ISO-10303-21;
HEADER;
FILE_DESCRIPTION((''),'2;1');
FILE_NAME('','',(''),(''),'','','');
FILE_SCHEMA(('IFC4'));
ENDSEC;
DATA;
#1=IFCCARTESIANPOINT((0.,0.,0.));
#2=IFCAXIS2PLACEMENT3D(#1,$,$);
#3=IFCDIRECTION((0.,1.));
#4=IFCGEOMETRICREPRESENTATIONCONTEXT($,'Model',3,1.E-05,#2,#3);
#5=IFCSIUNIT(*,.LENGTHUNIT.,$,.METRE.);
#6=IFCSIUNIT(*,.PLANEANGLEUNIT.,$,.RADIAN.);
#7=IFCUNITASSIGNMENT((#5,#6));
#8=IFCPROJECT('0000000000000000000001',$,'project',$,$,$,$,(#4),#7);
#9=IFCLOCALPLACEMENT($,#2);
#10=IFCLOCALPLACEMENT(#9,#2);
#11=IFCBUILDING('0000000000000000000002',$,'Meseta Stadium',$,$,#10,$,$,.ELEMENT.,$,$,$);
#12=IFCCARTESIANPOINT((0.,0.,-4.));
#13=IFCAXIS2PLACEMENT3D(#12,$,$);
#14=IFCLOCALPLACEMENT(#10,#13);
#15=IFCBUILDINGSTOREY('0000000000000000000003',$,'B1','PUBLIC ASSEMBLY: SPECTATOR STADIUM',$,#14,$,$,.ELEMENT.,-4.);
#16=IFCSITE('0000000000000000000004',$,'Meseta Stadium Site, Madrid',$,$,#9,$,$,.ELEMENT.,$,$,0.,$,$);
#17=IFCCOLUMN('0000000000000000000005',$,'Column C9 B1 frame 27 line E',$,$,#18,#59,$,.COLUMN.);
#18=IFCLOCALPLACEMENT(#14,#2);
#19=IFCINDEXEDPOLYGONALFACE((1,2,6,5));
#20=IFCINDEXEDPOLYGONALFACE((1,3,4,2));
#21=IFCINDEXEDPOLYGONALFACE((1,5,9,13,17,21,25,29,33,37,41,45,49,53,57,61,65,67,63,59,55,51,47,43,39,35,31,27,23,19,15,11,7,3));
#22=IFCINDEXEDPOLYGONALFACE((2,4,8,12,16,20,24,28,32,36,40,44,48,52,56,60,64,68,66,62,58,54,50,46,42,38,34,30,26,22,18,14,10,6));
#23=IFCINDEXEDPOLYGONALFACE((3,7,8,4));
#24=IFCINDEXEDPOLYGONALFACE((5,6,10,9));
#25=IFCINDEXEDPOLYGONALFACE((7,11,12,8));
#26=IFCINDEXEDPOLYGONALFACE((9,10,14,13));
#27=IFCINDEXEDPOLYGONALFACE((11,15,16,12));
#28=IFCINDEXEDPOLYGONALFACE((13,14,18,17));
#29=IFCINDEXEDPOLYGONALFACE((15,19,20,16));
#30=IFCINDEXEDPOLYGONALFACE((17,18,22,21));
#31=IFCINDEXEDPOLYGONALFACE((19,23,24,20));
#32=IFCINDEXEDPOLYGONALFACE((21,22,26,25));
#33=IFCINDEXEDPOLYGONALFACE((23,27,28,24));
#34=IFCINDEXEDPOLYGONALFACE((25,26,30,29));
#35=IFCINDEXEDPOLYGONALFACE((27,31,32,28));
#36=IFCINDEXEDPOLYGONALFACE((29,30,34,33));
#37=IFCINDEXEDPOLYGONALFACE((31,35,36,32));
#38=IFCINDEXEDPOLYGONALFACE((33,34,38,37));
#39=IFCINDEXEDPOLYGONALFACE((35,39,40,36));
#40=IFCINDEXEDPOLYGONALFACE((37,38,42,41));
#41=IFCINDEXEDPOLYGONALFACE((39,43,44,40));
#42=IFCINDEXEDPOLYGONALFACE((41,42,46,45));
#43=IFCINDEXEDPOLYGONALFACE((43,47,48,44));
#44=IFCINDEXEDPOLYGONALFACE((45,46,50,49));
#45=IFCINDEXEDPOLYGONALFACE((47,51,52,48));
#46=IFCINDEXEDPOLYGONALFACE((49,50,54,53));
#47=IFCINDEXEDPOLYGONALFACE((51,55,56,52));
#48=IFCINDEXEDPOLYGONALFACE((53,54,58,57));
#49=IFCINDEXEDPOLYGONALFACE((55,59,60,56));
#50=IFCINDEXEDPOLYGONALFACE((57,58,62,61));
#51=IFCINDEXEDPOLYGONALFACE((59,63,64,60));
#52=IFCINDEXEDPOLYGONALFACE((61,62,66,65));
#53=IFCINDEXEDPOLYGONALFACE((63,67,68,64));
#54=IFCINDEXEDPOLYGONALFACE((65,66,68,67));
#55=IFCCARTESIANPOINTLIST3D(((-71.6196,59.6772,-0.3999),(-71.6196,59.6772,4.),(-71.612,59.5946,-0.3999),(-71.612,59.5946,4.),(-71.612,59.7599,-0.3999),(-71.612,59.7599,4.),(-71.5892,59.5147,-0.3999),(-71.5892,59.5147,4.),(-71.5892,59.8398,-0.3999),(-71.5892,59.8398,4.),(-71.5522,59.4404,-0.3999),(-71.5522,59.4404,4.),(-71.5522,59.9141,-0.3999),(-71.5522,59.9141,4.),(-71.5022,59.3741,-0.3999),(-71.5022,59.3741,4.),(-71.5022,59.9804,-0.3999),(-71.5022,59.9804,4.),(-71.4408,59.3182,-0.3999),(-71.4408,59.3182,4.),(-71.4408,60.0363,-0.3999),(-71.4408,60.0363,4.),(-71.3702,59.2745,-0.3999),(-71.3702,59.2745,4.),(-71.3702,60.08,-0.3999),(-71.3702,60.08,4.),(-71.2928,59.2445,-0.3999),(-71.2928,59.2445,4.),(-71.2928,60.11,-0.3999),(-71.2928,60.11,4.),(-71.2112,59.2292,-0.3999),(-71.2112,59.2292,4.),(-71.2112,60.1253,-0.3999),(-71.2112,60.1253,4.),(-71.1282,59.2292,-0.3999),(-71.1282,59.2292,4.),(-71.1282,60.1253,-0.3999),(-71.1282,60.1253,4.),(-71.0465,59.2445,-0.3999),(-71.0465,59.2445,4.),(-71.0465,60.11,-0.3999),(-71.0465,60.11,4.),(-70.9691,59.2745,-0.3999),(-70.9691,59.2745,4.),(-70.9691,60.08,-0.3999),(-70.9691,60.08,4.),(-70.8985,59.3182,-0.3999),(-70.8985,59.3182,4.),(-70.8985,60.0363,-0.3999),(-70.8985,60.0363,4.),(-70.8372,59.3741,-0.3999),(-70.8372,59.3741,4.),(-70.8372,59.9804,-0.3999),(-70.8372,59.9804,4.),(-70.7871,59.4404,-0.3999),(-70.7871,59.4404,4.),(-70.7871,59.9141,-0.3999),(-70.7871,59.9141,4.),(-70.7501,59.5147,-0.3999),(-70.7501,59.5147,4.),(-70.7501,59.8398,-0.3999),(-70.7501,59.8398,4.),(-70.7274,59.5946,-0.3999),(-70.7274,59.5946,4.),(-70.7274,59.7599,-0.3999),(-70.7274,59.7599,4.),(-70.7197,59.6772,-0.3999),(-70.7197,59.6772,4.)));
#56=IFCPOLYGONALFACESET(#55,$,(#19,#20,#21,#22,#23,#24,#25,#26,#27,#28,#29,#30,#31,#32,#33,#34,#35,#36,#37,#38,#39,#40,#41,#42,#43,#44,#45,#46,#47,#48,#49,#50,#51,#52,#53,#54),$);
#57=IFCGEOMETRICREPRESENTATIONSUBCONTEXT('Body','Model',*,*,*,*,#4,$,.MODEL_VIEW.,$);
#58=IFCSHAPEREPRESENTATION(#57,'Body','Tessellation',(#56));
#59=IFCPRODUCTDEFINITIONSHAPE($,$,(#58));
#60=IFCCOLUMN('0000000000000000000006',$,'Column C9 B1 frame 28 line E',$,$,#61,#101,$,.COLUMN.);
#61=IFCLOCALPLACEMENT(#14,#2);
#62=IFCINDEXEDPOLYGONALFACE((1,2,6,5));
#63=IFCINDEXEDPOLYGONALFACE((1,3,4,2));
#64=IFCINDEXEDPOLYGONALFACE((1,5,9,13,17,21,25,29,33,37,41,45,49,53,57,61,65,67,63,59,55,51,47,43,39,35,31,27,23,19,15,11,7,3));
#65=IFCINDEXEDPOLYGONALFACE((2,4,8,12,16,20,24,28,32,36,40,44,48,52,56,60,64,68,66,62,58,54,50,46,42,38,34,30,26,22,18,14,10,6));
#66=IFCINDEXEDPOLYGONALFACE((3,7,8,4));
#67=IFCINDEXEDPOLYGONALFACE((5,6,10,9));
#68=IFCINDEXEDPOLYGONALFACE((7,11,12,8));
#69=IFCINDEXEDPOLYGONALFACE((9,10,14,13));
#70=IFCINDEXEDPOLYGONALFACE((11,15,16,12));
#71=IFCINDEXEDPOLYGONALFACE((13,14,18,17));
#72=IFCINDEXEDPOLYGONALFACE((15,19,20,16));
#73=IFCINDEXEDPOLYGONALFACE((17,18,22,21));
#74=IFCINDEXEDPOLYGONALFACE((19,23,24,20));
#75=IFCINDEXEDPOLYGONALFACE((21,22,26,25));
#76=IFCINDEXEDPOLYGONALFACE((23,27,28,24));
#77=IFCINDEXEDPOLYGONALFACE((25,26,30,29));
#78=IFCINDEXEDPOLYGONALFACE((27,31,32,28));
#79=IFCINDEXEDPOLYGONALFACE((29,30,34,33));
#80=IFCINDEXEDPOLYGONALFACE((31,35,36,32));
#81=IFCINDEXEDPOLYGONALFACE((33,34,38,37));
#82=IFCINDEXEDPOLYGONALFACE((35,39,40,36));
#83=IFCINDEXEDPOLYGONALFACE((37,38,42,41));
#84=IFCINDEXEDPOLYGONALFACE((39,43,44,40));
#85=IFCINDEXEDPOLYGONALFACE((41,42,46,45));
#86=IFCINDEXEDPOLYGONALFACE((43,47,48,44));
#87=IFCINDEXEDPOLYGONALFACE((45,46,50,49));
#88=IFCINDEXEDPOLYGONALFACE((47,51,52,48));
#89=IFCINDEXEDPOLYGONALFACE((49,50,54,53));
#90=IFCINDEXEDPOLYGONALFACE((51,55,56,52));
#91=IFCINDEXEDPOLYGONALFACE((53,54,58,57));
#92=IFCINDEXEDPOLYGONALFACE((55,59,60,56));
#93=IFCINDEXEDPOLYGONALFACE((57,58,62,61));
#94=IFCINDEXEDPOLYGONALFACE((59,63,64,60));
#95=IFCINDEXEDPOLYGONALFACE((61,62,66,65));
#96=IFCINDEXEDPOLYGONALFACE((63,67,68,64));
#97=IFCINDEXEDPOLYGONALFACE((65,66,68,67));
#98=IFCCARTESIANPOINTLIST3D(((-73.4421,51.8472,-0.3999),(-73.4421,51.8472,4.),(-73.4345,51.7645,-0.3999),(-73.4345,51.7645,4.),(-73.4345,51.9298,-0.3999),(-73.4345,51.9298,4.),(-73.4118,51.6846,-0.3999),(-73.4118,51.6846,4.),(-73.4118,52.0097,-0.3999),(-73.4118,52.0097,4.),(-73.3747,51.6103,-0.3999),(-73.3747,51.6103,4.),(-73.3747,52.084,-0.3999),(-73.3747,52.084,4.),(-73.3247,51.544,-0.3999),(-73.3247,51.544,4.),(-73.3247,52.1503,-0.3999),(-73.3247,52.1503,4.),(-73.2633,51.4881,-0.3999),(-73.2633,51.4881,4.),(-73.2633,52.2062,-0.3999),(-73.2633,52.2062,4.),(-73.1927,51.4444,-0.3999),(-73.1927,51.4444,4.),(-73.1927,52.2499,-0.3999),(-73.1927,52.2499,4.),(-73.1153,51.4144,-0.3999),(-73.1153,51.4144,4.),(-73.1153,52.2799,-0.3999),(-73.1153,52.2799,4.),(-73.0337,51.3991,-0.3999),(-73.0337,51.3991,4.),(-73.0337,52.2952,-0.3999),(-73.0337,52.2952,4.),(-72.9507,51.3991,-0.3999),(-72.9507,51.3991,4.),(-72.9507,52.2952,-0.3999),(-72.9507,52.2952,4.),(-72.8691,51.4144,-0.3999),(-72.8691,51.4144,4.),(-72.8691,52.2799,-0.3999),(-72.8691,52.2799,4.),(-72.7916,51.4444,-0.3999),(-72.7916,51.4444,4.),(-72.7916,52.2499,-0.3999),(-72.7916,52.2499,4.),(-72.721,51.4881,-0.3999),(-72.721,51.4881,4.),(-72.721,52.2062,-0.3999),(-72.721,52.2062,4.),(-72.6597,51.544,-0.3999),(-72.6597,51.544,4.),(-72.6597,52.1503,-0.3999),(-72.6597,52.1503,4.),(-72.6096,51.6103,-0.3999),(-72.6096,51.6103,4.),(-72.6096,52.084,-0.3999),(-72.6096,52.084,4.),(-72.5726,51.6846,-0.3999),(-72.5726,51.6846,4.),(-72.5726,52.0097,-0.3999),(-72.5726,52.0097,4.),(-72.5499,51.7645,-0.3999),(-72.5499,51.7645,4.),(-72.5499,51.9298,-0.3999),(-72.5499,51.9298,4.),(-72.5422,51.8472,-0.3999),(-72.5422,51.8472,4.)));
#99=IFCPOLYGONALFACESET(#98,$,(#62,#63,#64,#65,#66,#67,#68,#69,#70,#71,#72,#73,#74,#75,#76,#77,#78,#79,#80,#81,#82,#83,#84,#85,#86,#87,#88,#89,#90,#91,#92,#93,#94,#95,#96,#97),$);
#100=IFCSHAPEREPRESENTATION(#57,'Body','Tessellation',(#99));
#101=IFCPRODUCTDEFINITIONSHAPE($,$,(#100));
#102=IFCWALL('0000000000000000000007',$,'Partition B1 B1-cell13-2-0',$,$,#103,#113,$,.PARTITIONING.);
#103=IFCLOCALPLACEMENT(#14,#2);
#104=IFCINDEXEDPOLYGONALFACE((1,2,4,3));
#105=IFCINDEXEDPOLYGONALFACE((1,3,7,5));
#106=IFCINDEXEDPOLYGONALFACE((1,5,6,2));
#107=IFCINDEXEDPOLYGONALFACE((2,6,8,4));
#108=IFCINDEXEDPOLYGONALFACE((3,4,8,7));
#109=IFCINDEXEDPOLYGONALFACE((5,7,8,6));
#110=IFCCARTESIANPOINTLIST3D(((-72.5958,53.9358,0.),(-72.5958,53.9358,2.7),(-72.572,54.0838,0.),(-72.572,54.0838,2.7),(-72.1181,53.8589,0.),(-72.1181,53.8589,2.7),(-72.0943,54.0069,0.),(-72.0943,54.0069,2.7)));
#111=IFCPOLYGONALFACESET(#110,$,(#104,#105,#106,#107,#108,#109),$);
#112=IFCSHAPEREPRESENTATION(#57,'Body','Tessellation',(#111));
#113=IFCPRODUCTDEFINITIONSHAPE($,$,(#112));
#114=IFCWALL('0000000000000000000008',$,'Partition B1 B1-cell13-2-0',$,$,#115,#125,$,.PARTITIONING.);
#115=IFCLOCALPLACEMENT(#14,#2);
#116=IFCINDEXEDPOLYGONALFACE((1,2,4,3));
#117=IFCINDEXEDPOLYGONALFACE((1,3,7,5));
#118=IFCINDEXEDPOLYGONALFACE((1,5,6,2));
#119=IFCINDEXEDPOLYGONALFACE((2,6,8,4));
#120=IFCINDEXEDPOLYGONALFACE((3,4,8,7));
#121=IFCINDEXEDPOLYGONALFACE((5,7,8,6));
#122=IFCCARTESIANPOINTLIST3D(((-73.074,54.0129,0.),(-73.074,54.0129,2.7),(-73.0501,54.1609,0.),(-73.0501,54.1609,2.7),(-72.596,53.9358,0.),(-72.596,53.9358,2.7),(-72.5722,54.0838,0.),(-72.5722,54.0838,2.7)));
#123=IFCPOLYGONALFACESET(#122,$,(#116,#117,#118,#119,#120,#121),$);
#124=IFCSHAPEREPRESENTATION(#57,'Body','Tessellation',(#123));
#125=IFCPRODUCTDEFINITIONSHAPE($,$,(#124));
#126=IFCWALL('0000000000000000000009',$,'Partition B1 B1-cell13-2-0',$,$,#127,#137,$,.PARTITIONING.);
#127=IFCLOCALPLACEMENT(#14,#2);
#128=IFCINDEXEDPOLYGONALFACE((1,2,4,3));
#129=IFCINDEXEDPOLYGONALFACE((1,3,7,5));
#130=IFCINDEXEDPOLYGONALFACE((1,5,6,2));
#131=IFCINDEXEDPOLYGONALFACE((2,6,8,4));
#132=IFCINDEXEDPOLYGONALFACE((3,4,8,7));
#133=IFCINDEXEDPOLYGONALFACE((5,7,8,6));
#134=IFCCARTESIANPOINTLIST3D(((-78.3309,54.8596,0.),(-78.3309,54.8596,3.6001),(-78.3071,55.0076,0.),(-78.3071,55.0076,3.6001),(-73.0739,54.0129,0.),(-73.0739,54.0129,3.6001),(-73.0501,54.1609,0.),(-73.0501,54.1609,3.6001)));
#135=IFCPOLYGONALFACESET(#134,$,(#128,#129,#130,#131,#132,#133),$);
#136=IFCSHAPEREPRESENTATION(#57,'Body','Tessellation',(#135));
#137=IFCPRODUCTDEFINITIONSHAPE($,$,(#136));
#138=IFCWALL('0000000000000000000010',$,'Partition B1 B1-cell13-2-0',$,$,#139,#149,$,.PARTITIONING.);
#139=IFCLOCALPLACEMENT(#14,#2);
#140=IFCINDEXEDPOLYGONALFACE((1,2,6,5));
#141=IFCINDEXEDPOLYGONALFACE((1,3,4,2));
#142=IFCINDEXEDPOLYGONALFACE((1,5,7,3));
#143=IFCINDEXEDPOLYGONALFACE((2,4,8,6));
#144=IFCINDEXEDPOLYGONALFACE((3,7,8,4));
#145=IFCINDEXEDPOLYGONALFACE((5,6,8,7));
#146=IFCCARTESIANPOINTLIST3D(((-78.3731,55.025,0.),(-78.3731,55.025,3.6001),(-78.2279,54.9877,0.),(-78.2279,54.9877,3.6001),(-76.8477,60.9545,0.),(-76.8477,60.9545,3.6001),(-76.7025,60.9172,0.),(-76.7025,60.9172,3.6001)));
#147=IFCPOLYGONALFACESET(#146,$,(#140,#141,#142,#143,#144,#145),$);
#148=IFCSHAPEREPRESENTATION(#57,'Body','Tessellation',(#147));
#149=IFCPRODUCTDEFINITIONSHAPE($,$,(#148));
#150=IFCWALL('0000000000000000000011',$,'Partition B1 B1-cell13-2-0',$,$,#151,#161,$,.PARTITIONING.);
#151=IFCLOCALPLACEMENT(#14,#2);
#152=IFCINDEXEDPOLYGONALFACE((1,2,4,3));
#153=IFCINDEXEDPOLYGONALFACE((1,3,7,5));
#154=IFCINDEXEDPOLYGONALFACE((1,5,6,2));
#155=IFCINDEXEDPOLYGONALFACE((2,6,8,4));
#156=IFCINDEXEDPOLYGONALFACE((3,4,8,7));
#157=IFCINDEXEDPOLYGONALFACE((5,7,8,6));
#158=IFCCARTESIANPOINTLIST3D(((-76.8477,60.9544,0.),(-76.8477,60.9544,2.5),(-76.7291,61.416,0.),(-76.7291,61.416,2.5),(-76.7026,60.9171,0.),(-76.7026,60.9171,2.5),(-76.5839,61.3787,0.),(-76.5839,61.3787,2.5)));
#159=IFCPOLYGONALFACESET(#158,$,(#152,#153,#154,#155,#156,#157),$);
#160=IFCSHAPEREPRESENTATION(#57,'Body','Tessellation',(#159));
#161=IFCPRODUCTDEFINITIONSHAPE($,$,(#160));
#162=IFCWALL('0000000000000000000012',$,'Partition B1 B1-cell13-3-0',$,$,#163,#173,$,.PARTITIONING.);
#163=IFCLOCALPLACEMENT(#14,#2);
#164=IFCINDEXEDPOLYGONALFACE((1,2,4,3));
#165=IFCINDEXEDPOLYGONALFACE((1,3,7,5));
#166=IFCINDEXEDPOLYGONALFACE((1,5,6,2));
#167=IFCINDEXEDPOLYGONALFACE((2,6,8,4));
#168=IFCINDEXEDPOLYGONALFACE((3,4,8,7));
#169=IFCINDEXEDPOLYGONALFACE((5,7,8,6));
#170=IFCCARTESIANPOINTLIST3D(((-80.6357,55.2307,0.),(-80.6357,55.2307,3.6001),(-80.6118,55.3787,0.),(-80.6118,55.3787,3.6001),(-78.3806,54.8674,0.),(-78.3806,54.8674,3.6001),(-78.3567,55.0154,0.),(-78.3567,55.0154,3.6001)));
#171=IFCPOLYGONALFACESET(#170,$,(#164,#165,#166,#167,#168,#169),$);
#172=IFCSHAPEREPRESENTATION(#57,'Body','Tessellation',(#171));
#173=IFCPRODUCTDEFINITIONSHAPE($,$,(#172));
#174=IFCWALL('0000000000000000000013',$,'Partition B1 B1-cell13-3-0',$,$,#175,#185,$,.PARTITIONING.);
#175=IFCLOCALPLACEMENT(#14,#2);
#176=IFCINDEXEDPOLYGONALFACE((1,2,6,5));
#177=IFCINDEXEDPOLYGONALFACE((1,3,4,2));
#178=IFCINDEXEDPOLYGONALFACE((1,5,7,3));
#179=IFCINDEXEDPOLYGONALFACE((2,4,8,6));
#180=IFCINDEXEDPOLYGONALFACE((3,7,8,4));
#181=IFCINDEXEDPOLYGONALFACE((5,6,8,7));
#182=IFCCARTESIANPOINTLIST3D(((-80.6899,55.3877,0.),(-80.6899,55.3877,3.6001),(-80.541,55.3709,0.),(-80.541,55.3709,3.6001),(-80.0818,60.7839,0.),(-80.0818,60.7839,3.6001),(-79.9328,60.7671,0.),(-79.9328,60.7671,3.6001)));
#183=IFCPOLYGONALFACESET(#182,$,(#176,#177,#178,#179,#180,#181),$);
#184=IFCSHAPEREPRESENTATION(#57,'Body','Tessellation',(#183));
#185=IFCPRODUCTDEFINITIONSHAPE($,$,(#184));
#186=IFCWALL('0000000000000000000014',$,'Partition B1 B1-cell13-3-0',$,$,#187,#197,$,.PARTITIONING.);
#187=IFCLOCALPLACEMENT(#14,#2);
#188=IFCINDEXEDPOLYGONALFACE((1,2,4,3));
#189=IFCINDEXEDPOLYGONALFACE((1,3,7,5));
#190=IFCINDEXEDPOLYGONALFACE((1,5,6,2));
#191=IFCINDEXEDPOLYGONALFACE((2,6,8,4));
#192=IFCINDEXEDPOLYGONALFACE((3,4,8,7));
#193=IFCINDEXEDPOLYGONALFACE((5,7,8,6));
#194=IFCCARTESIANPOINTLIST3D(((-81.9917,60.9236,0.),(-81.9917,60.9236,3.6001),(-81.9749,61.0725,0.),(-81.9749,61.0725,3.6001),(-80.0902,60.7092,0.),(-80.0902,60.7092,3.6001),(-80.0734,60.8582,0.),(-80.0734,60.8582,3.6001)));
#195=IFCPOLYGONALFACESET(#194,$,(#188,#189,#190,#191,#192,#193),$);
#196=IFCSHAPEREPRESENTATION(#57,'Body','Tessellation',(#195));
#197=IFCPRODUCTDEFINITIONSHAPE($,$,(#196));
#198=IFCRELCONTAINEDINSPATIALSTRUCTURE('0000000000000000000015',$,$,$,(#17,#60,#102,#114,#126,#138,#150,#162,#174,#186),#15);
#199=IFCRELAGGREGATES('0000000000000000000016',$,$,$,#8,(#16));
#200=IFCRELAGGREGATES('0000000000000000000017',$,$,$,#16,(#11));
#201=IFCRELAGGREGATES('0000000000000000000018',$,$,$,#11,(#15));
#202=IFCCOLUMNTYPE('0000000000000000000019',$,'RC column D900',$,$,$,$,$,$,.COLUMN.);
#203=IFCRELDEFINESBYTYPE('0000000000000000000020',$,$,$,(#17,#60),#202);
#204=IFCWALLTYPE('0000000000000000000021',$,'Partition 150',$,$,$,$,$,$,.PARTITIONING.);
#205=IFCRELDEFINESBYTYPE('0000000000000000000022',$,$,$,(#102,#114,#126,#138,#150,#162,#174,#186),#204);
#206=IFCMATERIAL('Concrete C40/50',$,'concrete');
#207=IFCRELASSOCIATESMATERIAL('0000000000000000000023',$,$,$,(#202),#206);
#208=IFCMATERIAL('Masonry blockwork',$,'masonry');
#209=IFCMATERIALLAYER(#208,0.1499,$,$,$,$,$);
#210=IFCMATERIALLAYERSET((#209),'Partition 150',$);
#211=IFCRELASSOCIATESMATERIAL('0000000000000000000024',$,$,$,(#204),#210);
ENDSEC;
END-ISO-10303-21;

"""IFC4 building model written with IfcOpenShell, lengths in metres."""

from ifc_helpers import new_model, si_unit, direction, frame, frame_2d, origin, origin_2d, place, context, subcontext, project, spatial, rectangle, circle, extrude, material, layer, layer_set, material_profile, profile_set, type_object, element, save


model = new_model("IFC4")

# Units and contexts
model_context = context("Model", 3, precision=1e-05, world=origin(), true_north=direction((0.0, 1.0)))
body_context = subcontext(model_context, "Body", "Model", "MODEL_VIEW")
ifc_project = project(units=[si_unit("LENGTHUNIT", "METRE"), si_unit("PLANEANGLEUNIT", "RADIAN")], contexts=[model_context])

# Site, building, storey
site_placement = place(None, origin())
site = spatial("IfcSite", under=ifc_project, at=site_placement, Name="Meseta Stadium Site, Madrid", CompositionType="ELEMENT", RefElevation=0.0)
building_placement = place(site_placement, origin())
building = spatial("IfcBuilding", under=site, at=building_placement, Name="Meseta Stadium", CompositionType="ELEMENT")
storey_placement = place(building_placement, frame((0.0, 0.0, -4.0)))
storey = spatial("IfcBuildingStorey", under=building, at=storey_placement, Name="B1", Description="PUBLIC ASSEMBLY: SPECTATOR STADIUM", CompositionType="ELEMENT", Elevation=-4.0)

# Columns
ifc_material_1 = material(Name="Concrete C40/50", Category="concrete")
ifc_material_profile = material_profile(ifc_material_1, circle(Radius=0.45, at=origin_2d()), Name="RC D900")
ifc_profile_set = profile_set([ifc_material_profile], Name="Concrete C40/50")
column_type = type_object("IfcColumnType", Name="RC column D900", PredefinedType="COLUMN", material=ifc_profile_set)
for number, where, z_axis, x_axis, name in (
    (1, (-71.1697, 59.6772, -0.3999), (0.0, 0.0, 1.0), (1.0, 0.0, 0.0), "Column C9 B1 frame 27 line E"),
    (2, (-72.9922, 51.8472, -0.3999), (0.0, 0.0, 1.0), (1.0, 0.0, 0.0), "Column C9 B1 frame 28 line E"),
):
    element("IfcColumn", number, at=place(storey_placement, frame(where, z_axis=z_axis, x_axis=x_axis)), inside=storey, type_object=column_type, Name=name, PredefinedType="COLUMN", context=body_context, shape_type="SweptSolid", body=[
        extrude(circle(Radius=0.45, at=origin_2d()), origin(), (0.0, 0.0, 1.0), 4.3999),
    ])

# Walls
ifc_material_2 = material(Name="Masonry blockwork", Category="masonry")
ifc_layer = layer(ifc_material_2, 0.1499)
ifc_layer_set = layer_set([ifc_layer], Name="Partition 150")
wall_type = type_object("IfcWallType", Name="Partition 150", PredefinedType="PARTITIONING", material=ifc_layer_set)
wall_1_placement = place(storey_placement, frame((-72.1062, 53.9329, 0.0), z_axis=(0.0, 0.0, 1.0), x_axis=(-0.987292, 0.158915, 0.0)))
element("IfcWall", 3, at=wall_1_placement, inside=storey, type_object=wall_type, Name="Partition B1 B1-cell13-2-0", PredefinedType="PARTITIONING", context=body_context, shape_type="SweptSolid", body=[
    extrude(rectangle(XDim=0.4839, YDim=0.1499, at=frame_2d((0.2419, 0.0))), origin(), (0.0, 0.0, 1.0), 2.7),
])
wall_2_placement = place(storey_placement, frame((-72.584, 54.0098, 0.0), z_axis=(0.0, 0.0, 1.0), x_axis=(-0.987226, 0.159328, 0.0)))
element("IfcWall", 4, at=wall_2_placement, inside=storey, type_object=wall_type, Name="Partition B1 B1-cell13-2-0", PredefinedType="PARTITIONING", context=body_context, shape_type="SweptSolid", body=[
    extrude(rectangle(XDim=0.4841, YDim=0.1499, at=frame_2d((0.2422, 0.0))), origin(), (0.0, 0.0, 1.0), 2.7),
])
wall_3_placement = place(storey_placement, frame((-73.062, 54.0869, 0.0), z_axis=(0.0, 0.0, 1.0), x_axis=(-0.987278, 0.159006, 0.0)))
element("IfcWall", 5, at=wall_3_placement, inside=storey, type_object=wall_type, Name="Partition B1 B1-cell13-2-0", PredefinedType="PARTITIONING", context=body_context, shape_type="SweptSolid", body=[
    extrude(rectangle(XDim=5.3247, YDim=0.1499, at=frame_2d((2.6624, 0.0))), origin(), (0.0, 0.0, 1.0), 3.6001),
])
wall_4_placement = place(storey_placement, frame((-78.3005, 55.0063, 0.0), z_axis=(0.0, 0.0, 1.0), x_axis=(0.249145, 0.968466, 0.0)))
element("IfcWall", 6, at=wall_4_placement, inside=storey, type_object=wall_type, Name="Partition B1 B1-cell13-2-0", PredefinedType="PARTITIONING", context=body_context, shape_type="SweptSolid", body=[
    extrude(rectangle(XDim=6.1226, YDim=0.1499, at=frame_2d((3.0613, 0.0))), origin(), (0.0, 0.0, 1.0), 3.6001),
])
wall_5_placement = place(storey_placement, frame((-76.7751, 60.9358, 0.0), z_axis=(0.0, 0.0, 1.0), x_axis=(0.248918, 0.968525, 0.0)))
element("IfcWall", 7, at=wall_5_placement, inside=storey, type_object=wall_type, Name="Partition B1 B1-cell13-2-0", PredefinedType="PARTITIONING", context=body_context, shape_type="SweptSolid", body=[
    extrude(rectangle(XDim=0.4766, YDim=0.1499, at=frame_2d((0.2383, 0.0))), origin(), (0.0, 0.0, 1.0), 2.5),
])
wall_6_placement = place(storey_placement, frame((-78.3687, 54.9414, 0.0), z_axis=(0.0, 0.0, 1.0), x_axis=(-0.987272, 0.159041, 0.0)))
element("IfcWall", 8, at=wall_6_placement, inside=storey, type_object=wall_type, Name="Partition B1 B1-cell13-3-0", PredefinedType="PARTITIONING", context=body_context, shape_type="SweptSolid", body=[
    extrude(rectangle(XDim=2.2842, YDim=0.1499, at=frame_2d((1.1421, 0.0))), origin(), (0.0, 0.0, 1.0), 3.6001),
])
wall_7_placement = place(storey_placement, frame((-80.6155, 55.3792, 0.0), z_axis=(0.0, 0.0, 1.0), x_axis=(0.111991, 0.993709, 0.0)))
element("IfcWall", 9, at=wall_7_placement, inside=storey, type_object=wall_type, Name="Partition B1 B1-cell13-3-0", PredefinedType="PARTITIONING", context=body_context, shape_type="SweptSolid", body=[
    extrude(rectangle(XDim=5.4304, YDim=0.1499, at=frame_2d((2.7153, 0.0))), origin(), (0.0, 0.0, 1.0), 3.6001),
])
wall_8_placement = place(storey_placement, frame((-80.0818, 60.7837, 0.0), z_axis=(0.0, 0.0, 1.0), x_axis=(-0.993707, 0.112014, 0.0)))
element("IfcWall", 10, at=wall_8_placement, inside=storey, type_object=wall_type, Name="Partition B1 B1-cell13-3-0", PredefinedType="PARTITIONING", context=body_context, shape_type="SweptSolid", body=[
    extrude(rectangle(XDim=1.9136, YDim=0.1499, at=frame_2d((0.9568, 0.0))), origin(), (0.0, 0.0, 1.0), 3.6001),
])

save(model, "model.ifc")
